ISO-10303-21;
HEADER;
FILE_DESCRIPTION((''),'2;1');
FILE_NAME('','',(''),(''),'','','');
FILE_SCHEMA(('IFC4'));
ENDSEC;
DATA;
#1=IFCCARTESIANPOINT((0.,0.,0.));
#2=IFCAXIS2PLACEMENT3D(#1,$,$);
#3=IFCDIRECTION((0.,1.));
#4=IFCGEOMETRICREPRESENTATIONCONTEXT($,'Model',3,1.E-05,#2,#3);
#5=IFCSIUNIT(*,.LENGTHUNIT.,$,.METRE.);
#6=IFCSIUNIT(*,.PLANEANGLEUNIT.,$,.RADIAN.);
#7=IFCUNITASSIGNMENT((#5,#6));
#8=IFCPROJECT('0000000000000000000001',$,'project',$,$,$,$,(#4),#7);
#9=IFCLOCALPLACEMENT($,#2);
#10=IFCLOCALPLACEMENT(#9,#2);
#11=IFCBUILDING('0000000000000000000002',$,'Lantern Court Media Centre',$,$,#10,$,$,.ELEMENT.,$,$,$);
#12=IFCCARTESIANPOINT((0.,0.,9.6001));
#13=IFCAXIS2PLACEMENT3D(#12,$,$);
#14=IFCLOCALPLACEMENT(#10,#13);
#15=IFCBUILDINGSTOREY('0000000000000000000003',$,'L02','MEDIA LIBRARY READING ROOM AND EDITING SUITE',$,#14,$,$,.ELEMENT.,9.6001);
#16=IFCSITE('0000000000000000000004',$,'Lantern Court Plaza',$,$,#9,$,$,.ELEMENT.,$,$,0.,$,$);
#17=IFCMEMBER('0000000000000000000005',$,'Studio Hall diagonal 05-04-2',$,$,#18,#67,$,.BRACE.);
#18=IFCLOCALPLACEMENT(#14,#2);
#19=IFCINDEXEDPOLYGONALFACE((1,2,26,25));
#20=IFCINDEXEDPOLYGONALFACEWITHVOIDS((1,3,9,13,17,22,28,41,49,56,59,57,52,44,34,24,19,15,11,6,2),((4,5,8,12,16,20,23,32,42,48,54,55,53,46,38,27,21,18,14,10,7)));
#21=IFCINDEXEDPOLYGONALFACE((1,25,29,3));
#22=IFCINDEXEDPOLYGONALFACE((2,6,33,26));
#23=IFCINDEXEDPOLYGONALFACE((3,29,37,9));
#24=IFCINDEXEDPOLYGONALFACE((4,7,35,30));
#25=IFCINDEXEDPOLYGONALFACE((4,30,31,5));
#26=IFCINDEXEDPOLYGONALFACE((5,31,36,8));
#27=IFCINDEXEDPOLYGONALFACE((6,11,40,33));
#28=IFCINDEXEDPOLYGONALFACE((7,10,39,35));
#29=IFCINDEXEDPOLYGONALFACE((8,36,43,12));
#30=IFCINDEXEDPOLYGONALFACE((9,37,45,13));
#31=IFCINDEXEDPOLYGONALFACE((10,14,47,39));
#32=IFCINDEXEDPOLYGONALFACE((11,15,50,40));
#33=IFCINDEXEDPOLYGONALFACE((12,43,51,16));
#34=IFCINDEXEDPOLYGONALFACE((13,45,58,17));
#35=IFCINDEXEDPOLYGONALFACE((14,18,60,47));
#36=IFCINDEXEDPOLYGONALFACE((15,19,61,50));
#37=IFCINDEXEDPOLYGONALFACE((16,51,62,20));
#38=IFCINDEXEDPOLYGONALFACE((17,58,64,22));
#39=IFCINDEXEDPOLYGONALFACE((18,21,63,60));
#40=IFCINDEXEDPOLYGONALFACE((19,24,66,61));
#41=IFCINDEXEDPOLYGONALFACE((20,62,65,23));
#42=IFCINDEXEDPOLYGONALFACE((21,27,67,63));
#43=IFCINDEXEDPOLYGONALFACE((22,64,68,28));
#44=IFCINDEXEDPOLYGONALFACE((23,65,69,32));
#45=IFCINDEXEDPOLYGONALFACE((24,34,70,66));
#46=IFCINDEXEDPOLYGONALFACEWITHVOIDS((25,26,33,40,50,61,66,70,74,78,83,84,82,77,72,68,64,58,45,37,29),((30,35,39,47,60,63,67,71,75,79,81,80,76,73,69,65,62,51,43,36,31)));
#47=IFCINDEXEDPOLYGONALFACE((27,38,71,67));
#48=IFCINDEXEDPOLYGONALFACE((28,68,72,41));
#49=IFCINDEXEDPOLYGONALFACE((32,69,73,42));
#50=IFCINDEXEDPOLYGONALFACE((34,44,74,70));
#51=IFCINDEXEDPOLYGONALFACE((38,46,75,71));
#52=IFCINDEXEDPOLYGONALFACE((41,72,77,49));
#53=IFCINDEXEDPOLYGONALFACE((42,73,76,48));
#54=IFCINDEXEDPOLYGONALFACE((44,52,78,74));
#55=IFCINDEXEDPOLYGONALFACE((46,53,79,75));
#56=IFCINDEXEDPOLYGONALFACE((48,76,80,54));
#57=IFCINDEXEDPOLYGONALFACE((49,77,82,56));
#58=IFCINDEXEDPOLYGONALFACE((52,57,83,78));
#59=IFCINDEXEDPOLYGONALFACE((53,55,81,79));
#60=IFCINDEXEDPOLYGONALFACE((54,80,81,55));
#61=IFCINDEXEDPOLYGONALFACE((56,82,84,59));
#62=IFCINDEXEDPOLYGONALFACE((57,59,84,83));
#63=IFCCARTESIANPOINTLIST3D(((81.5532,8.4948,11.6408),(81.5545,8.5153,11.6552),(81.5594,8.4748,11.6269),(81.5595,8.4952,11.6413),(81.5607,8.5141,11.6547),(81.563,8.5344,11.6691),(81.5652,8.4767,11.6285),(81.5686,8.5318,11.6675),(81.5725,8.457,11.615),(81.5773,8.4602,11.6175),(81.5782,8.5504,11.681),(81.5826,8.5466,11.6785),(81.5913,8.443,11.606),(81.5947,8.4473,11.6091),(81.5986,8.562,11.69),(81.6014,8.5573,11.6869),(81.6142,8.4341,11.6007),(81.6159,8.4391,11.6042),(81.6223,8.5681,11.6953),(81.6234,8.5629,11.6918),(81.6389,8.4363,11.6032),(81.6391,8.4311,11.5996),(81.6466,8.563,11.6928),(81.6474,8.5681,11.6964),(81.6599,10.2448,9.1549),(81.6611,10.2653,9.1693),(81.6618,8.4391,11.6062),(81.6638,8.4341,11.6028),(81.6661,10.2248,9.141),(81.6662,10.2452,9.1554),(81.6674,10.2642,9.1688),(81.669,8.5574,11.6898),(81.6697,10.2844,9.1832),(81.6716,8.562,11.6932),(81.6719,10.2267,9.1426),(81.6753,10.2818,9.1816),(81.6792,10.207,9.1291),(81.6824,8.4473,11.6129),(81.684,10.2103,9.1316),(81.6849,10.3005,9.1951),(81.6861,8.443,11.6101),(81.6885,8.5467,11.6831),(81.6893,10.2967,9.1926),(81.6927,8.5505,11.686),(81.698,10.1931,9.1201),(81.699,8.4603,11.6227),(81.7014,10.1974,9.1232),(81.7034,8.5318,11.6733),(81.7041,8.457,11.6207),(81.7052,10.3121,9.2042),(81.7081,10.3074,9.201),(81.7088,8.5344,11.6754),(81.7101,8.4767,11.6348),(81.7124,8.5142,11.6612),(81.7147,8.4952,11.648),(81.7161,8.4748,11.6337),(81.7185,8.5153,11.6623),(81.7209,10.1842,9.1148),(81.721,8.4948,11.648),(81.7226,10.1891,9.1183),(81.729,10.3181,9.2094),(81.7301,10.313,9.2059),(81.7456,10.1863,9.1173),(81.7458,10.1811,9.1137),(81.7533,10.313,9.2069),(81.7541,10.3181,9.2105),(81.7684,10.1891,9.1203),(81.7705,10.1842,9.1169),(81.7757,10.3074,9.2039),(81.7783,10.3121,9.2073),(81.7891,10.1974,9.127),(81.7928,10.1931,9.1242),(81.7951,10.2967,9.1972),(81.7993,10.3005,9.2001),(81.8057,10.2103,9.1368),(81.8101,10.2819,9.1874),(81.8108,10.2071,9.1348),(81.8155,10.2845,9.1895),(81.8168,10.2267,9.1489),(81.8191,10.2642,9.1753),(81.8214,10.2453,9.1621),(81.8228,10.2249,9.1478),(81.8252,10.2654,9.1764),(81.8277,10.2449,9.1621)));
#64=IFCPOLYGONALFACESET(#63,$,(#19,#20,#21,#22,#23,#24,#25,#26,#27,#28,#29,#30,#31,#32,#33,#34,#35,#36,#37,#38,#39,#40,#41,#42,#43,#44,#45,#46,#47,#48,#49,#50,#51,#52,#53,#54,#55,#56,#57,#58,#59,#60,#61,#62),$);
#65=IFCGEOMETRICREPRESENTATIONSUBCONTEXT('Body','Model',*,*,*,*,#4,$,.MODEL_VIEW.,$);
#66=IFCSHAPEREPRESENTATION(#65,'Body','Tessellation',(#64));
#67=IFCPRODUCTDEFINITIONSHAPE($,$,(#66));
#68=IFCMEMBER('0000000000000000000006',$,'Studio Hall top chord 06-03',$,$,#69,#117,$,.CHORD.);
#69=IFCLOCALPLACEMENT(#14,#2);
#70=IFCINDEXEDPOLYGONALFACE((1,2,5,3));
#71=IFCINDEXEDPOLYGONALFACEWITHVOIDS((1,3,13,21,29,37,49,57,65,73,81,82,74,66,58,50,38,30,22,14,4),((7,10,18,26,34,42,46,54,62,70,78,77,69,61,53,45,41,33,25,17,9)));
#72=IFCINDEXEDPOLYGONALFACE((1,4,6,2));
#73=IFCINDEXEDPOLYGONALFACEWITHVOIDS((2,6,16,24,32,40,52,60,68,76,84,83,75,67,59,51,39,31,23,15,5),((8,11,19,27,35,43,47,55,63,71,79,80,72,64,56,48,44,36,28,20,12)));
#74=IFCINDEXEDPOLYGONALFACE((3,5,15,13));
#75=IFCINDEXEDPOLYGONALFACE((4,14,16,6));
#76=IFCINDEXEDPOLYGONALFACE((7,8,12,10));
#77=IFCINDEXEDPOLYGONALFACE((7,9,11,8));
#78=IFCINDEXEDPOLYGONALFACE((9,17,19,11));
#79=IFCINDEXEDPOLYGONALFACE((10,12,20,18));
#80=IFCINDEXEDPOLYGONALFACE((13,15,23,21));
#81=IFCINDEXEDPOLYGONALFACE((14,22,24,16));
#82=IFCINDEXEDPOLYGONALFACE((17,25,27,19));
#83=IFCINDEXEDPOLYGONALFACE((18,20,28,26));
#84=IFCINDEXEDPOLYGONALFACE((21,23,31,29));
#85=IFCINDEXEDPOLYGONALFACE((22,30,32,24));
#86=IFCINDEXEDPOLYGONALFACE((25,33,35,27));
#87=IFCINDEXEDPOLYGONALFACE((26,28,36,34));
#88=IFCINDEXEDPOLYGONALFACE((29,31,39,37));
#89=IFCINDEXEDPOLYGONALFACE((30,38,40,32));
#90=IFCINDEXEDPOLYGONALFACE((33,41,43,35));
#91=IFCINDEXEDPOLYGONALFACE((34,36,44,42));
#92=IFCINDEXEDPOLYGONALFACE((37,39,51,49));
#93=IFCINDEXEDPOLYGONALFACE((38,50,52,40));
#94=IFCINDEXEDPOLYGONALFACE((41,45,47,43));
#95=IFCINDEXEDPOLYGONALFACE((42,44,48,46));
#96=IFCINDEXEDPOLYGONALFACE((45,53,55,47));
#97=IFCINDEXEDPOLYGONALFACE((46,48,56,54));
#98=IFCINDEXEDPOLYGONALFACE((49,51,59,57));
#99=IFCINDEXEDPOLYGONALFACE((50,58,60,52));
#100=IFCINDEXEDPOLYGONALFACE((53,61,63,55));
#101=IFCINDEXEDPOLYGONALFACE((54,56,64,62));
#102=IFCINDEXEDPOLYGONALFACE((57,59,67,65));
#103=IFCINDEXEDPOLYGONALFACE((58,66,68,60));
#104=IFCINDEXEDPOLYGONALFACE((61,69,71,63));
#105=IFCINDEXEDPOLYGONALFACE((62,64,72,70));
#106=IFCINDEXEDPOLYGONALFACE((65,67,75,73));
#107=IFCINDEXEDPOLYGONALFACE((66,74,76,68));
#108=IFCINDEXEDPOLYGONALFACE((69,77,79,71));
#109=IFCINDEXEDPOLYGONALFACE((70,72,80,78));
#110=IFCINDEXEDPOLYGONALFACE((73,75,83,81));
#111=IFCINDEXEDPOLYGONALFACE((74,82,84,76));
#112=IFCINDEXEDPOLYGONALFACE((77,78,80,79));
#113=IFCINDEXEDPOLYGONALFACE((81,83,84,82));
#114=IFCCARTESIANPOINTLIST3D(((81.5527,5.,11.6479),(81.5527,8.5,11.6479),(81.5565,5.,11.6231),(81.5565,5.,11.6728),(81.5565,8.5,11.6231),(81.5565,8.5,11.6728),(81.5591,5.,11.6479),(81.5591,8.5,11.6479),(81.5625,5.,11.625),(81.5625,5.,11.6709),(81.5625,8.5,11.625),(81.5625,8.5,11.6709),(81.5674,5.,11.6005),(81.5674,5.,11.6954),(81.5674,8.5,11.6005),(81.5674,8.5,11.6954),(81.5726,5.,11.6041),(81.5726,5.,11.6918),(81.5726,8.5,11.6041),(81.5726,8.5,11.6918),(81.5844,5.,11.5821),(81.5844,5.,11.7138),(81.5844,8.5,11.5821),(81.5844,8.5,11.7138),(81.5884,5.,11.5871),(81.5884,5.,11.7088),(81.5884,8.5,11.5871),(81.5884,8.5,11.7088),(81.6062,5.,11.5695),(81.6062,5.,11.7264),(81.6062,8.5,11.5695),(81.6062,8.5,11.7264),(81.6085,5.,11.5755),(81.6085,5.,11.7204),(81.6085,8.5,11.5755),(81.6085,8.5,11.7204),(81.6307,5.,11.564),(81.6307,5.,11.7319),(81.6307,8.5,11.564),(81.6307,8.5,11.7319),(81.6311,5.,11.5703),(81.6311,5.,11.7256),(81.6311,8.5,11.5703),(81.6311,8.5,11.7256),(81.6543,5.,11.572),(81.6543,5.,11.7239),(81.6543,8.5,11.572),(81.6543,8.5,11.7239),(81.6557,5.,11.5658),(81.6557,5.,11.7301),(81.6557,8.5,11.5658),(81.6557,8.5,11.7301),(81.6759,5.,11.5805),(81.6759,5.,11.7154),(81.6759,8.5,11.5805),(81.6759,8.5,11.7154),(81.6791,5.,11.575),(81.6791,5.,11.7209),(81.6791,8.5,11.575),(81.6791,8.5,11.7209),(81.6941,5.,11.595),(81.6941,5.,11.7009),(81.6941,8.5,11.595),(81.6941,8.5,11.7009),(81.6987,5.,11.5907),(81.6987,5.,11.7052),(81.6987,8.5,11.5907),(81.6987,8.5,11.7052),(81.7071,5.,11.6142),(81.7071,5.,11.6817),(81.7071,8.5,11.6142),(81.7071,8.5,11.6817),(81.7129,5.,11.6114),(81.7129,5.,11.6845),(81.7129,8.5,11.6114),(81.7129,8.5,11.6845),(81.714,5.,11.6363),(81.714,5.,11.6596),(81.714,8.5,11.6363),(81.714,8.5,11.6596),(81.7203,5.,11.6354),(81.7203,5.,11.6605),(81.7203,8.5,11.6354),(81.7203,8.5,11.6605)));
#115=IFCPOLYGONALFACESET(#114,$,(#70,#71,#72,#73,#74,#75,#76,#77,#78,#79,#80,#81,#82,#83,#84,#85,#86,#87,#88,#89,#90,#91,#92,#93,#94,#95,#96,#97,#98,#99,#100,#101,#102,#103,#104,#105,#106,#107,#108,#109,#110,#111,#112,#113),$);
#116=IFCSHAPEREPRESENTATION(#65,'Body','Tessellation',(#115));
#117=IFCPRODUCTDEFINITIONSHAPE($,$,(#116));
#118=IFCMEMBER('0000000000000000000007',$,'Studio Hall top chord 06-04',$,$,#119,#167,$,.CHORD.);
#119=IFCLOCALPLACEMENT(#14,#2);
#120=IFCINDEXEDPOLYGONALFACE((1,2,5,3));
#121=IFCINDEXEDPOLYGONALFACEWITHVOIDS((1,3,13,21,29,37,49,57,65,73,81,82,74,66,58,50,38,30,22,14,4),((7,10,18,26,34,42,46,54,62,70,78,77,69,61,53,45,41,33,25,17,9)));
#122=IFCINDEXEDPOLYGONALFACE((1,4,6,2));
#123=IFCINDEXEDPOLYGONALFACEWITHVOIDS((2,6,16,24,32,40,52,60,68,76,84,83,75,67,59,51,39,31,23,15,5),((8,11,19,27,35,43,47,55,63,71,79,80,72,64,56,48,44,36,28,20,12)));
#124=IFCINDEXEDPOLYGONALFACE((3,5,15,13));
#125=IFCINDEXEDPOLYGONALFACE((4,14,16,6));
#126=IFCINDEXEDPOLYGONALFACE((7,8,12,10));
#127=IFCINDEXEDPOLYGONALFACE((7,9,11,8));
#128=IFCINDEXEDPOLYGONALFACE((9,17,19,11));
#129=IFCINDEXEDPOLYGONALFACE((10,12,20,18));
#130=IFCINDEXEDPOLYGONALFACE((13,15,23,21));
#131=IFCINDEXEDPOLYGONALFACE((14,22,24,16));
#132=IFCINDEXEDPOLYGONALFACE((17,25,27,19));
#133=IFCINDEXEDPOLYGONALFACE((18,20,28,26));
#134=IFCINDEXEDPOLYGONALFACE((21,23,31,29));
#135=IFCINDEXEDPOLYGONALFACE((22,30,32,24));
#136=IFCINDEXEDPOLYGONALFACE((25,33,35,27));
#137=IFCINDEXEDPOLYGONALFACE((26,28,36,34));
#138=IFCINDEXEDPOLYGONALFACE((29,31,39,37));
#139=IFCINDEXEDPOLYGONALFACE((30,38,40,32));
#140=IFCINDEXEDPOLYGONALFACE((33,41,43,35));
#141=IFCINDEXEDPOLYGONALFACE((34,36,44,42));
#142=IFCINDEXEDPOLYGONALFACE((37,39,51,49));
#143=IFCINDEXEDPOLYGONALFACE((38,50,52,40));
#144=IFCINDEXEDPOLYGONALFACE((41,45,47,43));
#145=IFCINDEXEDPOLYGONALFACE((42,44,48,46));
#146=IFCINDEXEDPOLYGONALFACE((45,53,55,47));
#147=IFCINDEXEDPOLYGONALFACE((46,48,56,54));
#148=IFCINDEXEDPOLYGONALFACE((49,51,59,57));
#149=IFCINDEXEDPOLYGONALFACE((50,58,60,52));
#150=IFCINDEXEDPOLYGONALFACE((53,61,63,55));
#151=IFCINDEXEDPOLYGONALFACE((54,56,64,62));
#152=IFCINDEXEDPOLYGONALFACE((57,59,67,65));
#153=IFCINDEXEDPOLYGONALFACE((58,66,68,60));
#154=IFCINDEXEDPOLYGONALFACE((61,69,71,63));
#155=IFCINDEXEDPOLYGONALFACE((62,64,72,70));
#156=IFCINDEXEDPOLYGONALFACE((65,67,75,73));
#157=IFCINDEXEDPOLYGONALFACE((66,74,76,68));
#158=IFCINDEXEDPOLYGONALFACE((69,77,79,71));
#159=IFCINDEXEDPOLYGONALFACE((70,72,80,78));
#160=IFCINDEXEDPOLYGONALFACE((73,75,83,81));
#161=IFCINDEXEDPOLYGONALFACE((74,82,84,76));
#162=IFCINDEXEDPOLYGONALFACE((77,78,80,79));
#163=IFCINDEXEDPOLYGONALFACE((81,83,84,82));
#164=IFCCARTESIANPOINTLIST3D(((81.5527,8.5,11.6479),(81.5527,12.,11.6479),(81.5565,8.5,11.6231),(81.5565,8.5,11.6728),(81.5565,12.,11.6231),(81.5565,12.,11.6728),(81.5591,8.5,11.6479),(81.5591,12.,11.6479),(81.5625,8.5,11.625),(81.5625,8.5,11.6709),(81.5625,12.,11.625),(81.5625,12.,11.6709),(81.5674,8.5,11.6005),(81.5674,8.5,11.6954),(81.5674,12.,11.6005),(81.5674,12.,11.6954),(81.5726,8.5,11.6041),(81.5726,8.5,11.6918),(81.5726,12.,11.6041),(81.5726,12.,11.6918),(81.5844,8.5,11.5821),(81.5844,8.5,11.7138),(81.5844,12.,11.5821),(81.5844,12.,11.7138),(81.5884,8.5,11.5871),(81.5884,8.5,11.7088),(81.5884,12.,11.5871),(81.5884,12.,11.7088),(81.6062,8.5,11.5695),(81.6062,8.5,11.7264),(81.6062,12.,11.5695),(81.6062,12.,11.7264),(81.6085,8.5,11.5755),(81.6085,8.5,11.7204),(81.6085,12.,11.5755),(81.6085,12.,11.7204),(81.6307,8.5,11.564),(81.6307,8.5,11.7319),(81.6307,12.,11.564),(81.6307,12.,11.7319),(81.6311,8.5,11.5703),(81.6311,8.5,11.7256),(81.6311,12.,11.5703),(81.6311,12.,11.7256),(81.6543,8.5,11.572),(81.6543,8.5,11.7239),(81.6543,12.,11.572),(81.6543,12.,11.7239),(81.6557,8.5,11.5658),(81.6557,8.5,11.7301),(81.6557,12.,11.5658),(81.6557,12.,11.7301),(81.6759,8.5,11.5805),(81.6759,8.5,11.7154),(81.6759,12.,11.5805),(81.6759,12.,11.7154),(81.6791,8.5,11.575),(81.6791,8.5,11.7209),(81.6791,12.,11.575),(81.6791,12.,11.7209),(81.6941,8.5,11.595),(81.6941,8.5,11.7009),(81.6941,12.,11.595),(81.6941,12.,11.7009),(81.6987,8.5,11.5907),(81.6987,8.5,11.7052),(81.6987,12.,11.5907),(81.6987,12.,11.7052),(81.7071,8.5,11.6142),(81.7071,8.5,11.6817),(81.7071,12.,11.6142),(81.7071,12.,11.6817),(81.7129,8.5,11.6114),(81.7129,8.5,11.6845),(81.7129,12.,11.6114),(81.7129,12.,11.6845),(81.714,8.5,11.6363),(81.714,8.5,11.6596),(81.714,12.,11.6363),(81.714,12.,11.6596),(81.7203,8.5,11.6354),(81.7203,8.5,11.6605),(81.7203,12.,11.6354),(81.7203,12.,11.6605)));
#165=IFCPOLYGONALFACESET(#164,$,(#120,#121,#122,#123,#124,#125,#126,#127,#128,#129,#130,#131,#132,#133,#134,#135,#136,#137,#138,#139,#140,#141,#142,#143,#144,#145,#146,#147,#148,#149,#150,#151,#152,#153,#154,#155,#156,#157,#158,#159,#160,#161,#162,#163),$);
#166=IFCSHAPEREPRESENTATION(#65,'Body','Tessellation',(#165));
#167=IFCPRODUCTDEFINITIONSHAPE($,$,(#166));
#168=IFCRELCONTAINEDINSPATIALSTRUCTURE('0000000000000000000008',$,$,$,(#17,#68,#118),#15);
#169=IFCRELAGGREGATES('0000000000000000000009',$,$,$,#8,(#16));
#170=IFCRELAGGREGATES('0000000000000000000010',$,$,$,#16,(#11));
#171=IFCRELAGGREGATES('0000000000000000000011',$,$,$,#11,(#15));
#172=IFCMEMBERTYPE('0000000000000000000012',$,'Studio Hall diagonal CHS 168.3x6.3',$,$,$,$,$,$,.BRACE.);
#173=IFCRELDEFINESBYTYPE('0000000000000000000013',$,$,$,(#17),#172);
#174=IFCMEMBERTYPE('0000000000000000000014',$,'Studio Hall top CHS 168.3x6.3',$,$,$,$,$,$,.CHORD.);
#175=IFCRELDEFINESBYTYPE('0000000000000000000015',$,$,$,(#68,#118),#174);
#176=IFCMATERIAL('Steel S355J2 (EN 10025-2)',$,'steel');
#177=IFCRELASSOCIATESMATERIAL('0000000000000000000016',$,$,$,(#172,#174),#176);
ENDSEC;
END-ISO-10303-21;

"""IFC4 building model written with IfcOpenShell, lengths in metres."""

from ifc_helpers import new_model, si_unit, direction, frame, origin, origin_2d, place, context, subcontext, project, spatial, hollow_circle, extrude, material, material_profile, profile_set, type_object, element, save


model = new_model("IFC4")

# Units and contexts
model_context = context("Model", 3, precision=1e-05, world=origin(), true_north=direction((0.0, 1.0)))
body_context = subcontext(model_context, "Body", "Model", "MODEL_VIEW")
ifc_project = project(units=[si_unit("LENGTHUNIT", "METRE"), si_unit("PLANEANGLEUNIT", "RADIAN")], contexts=[model_context])

# Site, building, storey
site_placement = place(None, origin())
site = spatial("IfcSite", under=ifc_project, at=site_placement, Name="Lantern Court Plaza", CompositionType="ELEMENT", RefElevation=0.0)
building_placement = place(site_placement, origin())
building = spatial("IfcBuilding", under=site, at=building_placement, Name="Lantern Court Media Centre", CompositionType="ELEMENT")
storey_placement = place(building_placement, frame((0.0, 0.0, 9.6001)))
storey = spatial("IfcBuildingStorey", under=building, at=storey_placement, Name="L02", Description="MEDIA LIBRARY READING ROOM AND EDITING SUITE", CompositionType="ELEMENT", Elevation=9.6001)

# Members
ifc_material = material(Name="Steel S355J2 (EN 10025-2)", Category="steel")
ifc_material_profile_1 = material_profile(ifc_material, hollow_circle(Radius=0.0842, WallThickness=0.0063, at=origin_2d()), Name="Studio Hall diagonal CHS 168.3x6.3")
ifc_profile_set_1 = profile_set([ifc_material_profile_1], Name="Steel S355J2 (EN 10025-2)")
member_type_1 = type_object("IfcMemberType", Name="Studio Hall diagonal CHS 168.3x6.3", PredefinedType="BRACE", material=ifc_profile_set_1)
for number, where, z_axis, x_axis, name in (
    (1, (81.7437, 10.25, 9.1621), (-0.035073, -0.575294, 0.817194), (0.998147, -0.060852, 0.0), "Studio Hall diagonal 05-04-2"),
):
    element("IfcMember", number, at=place(storey_placement, frame(where, z_axis=z_axis, x_axis=x_axis)), inside=storey, type_object=member_type_1, Name=name, PredefinedType="BRACE", context=body_context, shape_type="SweptSolid", body=[
        extrude(hollow_circle(Radius=0.0842, WallThickness=0.0063, at=origin_2d()), origin(), (0.0, 0.0, 1.0), 3.042),
    ])
ifc_material_profile_2 = material_profile(ifc_material, hollow_circle(Radius=0.0842, WallThickness=0.0063, at=origin_2d()), Name="Studio Hall top CHS 168.3x6.3")
ifc_profile_set_2 = profile_set([ifc_material_profile_2], Name="Steel S355J2 (EN 10025-2)")
member_type_2 = type_object("IfcMemberType", Name="Studio Hall top CHS 168.3x6.3", PredefinedType="CHORD", material=ifc_profile_set_2)
for number, where, z_axis, x_axis, name in (
    (2, (81.637, 5.0, 11.6479), (0.0, 1.0, 0.0), (-1.0, 0.0, 0.0), "Studio Hall top chord 06-03"),
    (3, (81.637, 8.5, 11.6479), (0.0, 1.0, 0.0), (-1.0, 0.0, 0.0), "Studio Hall top chord 06-04"),
):
    element("IfcMember", number, at=place(storey_placement, frame(where, z_axis=z_axis, x_axis=x_axis)), inside=storey, type_object=member_type_2, Name=name, PredefinedType="CHORD", context=body_context, shape_type="SweptSolid", body=[
        extrude(hollow_circle(Radius=0.0842, WallThickness=0.0063, at=origin_2d()), origin(), (0.0, 0.0, 1.0), 3.5),
    ])

save(model, "model.ifc")
